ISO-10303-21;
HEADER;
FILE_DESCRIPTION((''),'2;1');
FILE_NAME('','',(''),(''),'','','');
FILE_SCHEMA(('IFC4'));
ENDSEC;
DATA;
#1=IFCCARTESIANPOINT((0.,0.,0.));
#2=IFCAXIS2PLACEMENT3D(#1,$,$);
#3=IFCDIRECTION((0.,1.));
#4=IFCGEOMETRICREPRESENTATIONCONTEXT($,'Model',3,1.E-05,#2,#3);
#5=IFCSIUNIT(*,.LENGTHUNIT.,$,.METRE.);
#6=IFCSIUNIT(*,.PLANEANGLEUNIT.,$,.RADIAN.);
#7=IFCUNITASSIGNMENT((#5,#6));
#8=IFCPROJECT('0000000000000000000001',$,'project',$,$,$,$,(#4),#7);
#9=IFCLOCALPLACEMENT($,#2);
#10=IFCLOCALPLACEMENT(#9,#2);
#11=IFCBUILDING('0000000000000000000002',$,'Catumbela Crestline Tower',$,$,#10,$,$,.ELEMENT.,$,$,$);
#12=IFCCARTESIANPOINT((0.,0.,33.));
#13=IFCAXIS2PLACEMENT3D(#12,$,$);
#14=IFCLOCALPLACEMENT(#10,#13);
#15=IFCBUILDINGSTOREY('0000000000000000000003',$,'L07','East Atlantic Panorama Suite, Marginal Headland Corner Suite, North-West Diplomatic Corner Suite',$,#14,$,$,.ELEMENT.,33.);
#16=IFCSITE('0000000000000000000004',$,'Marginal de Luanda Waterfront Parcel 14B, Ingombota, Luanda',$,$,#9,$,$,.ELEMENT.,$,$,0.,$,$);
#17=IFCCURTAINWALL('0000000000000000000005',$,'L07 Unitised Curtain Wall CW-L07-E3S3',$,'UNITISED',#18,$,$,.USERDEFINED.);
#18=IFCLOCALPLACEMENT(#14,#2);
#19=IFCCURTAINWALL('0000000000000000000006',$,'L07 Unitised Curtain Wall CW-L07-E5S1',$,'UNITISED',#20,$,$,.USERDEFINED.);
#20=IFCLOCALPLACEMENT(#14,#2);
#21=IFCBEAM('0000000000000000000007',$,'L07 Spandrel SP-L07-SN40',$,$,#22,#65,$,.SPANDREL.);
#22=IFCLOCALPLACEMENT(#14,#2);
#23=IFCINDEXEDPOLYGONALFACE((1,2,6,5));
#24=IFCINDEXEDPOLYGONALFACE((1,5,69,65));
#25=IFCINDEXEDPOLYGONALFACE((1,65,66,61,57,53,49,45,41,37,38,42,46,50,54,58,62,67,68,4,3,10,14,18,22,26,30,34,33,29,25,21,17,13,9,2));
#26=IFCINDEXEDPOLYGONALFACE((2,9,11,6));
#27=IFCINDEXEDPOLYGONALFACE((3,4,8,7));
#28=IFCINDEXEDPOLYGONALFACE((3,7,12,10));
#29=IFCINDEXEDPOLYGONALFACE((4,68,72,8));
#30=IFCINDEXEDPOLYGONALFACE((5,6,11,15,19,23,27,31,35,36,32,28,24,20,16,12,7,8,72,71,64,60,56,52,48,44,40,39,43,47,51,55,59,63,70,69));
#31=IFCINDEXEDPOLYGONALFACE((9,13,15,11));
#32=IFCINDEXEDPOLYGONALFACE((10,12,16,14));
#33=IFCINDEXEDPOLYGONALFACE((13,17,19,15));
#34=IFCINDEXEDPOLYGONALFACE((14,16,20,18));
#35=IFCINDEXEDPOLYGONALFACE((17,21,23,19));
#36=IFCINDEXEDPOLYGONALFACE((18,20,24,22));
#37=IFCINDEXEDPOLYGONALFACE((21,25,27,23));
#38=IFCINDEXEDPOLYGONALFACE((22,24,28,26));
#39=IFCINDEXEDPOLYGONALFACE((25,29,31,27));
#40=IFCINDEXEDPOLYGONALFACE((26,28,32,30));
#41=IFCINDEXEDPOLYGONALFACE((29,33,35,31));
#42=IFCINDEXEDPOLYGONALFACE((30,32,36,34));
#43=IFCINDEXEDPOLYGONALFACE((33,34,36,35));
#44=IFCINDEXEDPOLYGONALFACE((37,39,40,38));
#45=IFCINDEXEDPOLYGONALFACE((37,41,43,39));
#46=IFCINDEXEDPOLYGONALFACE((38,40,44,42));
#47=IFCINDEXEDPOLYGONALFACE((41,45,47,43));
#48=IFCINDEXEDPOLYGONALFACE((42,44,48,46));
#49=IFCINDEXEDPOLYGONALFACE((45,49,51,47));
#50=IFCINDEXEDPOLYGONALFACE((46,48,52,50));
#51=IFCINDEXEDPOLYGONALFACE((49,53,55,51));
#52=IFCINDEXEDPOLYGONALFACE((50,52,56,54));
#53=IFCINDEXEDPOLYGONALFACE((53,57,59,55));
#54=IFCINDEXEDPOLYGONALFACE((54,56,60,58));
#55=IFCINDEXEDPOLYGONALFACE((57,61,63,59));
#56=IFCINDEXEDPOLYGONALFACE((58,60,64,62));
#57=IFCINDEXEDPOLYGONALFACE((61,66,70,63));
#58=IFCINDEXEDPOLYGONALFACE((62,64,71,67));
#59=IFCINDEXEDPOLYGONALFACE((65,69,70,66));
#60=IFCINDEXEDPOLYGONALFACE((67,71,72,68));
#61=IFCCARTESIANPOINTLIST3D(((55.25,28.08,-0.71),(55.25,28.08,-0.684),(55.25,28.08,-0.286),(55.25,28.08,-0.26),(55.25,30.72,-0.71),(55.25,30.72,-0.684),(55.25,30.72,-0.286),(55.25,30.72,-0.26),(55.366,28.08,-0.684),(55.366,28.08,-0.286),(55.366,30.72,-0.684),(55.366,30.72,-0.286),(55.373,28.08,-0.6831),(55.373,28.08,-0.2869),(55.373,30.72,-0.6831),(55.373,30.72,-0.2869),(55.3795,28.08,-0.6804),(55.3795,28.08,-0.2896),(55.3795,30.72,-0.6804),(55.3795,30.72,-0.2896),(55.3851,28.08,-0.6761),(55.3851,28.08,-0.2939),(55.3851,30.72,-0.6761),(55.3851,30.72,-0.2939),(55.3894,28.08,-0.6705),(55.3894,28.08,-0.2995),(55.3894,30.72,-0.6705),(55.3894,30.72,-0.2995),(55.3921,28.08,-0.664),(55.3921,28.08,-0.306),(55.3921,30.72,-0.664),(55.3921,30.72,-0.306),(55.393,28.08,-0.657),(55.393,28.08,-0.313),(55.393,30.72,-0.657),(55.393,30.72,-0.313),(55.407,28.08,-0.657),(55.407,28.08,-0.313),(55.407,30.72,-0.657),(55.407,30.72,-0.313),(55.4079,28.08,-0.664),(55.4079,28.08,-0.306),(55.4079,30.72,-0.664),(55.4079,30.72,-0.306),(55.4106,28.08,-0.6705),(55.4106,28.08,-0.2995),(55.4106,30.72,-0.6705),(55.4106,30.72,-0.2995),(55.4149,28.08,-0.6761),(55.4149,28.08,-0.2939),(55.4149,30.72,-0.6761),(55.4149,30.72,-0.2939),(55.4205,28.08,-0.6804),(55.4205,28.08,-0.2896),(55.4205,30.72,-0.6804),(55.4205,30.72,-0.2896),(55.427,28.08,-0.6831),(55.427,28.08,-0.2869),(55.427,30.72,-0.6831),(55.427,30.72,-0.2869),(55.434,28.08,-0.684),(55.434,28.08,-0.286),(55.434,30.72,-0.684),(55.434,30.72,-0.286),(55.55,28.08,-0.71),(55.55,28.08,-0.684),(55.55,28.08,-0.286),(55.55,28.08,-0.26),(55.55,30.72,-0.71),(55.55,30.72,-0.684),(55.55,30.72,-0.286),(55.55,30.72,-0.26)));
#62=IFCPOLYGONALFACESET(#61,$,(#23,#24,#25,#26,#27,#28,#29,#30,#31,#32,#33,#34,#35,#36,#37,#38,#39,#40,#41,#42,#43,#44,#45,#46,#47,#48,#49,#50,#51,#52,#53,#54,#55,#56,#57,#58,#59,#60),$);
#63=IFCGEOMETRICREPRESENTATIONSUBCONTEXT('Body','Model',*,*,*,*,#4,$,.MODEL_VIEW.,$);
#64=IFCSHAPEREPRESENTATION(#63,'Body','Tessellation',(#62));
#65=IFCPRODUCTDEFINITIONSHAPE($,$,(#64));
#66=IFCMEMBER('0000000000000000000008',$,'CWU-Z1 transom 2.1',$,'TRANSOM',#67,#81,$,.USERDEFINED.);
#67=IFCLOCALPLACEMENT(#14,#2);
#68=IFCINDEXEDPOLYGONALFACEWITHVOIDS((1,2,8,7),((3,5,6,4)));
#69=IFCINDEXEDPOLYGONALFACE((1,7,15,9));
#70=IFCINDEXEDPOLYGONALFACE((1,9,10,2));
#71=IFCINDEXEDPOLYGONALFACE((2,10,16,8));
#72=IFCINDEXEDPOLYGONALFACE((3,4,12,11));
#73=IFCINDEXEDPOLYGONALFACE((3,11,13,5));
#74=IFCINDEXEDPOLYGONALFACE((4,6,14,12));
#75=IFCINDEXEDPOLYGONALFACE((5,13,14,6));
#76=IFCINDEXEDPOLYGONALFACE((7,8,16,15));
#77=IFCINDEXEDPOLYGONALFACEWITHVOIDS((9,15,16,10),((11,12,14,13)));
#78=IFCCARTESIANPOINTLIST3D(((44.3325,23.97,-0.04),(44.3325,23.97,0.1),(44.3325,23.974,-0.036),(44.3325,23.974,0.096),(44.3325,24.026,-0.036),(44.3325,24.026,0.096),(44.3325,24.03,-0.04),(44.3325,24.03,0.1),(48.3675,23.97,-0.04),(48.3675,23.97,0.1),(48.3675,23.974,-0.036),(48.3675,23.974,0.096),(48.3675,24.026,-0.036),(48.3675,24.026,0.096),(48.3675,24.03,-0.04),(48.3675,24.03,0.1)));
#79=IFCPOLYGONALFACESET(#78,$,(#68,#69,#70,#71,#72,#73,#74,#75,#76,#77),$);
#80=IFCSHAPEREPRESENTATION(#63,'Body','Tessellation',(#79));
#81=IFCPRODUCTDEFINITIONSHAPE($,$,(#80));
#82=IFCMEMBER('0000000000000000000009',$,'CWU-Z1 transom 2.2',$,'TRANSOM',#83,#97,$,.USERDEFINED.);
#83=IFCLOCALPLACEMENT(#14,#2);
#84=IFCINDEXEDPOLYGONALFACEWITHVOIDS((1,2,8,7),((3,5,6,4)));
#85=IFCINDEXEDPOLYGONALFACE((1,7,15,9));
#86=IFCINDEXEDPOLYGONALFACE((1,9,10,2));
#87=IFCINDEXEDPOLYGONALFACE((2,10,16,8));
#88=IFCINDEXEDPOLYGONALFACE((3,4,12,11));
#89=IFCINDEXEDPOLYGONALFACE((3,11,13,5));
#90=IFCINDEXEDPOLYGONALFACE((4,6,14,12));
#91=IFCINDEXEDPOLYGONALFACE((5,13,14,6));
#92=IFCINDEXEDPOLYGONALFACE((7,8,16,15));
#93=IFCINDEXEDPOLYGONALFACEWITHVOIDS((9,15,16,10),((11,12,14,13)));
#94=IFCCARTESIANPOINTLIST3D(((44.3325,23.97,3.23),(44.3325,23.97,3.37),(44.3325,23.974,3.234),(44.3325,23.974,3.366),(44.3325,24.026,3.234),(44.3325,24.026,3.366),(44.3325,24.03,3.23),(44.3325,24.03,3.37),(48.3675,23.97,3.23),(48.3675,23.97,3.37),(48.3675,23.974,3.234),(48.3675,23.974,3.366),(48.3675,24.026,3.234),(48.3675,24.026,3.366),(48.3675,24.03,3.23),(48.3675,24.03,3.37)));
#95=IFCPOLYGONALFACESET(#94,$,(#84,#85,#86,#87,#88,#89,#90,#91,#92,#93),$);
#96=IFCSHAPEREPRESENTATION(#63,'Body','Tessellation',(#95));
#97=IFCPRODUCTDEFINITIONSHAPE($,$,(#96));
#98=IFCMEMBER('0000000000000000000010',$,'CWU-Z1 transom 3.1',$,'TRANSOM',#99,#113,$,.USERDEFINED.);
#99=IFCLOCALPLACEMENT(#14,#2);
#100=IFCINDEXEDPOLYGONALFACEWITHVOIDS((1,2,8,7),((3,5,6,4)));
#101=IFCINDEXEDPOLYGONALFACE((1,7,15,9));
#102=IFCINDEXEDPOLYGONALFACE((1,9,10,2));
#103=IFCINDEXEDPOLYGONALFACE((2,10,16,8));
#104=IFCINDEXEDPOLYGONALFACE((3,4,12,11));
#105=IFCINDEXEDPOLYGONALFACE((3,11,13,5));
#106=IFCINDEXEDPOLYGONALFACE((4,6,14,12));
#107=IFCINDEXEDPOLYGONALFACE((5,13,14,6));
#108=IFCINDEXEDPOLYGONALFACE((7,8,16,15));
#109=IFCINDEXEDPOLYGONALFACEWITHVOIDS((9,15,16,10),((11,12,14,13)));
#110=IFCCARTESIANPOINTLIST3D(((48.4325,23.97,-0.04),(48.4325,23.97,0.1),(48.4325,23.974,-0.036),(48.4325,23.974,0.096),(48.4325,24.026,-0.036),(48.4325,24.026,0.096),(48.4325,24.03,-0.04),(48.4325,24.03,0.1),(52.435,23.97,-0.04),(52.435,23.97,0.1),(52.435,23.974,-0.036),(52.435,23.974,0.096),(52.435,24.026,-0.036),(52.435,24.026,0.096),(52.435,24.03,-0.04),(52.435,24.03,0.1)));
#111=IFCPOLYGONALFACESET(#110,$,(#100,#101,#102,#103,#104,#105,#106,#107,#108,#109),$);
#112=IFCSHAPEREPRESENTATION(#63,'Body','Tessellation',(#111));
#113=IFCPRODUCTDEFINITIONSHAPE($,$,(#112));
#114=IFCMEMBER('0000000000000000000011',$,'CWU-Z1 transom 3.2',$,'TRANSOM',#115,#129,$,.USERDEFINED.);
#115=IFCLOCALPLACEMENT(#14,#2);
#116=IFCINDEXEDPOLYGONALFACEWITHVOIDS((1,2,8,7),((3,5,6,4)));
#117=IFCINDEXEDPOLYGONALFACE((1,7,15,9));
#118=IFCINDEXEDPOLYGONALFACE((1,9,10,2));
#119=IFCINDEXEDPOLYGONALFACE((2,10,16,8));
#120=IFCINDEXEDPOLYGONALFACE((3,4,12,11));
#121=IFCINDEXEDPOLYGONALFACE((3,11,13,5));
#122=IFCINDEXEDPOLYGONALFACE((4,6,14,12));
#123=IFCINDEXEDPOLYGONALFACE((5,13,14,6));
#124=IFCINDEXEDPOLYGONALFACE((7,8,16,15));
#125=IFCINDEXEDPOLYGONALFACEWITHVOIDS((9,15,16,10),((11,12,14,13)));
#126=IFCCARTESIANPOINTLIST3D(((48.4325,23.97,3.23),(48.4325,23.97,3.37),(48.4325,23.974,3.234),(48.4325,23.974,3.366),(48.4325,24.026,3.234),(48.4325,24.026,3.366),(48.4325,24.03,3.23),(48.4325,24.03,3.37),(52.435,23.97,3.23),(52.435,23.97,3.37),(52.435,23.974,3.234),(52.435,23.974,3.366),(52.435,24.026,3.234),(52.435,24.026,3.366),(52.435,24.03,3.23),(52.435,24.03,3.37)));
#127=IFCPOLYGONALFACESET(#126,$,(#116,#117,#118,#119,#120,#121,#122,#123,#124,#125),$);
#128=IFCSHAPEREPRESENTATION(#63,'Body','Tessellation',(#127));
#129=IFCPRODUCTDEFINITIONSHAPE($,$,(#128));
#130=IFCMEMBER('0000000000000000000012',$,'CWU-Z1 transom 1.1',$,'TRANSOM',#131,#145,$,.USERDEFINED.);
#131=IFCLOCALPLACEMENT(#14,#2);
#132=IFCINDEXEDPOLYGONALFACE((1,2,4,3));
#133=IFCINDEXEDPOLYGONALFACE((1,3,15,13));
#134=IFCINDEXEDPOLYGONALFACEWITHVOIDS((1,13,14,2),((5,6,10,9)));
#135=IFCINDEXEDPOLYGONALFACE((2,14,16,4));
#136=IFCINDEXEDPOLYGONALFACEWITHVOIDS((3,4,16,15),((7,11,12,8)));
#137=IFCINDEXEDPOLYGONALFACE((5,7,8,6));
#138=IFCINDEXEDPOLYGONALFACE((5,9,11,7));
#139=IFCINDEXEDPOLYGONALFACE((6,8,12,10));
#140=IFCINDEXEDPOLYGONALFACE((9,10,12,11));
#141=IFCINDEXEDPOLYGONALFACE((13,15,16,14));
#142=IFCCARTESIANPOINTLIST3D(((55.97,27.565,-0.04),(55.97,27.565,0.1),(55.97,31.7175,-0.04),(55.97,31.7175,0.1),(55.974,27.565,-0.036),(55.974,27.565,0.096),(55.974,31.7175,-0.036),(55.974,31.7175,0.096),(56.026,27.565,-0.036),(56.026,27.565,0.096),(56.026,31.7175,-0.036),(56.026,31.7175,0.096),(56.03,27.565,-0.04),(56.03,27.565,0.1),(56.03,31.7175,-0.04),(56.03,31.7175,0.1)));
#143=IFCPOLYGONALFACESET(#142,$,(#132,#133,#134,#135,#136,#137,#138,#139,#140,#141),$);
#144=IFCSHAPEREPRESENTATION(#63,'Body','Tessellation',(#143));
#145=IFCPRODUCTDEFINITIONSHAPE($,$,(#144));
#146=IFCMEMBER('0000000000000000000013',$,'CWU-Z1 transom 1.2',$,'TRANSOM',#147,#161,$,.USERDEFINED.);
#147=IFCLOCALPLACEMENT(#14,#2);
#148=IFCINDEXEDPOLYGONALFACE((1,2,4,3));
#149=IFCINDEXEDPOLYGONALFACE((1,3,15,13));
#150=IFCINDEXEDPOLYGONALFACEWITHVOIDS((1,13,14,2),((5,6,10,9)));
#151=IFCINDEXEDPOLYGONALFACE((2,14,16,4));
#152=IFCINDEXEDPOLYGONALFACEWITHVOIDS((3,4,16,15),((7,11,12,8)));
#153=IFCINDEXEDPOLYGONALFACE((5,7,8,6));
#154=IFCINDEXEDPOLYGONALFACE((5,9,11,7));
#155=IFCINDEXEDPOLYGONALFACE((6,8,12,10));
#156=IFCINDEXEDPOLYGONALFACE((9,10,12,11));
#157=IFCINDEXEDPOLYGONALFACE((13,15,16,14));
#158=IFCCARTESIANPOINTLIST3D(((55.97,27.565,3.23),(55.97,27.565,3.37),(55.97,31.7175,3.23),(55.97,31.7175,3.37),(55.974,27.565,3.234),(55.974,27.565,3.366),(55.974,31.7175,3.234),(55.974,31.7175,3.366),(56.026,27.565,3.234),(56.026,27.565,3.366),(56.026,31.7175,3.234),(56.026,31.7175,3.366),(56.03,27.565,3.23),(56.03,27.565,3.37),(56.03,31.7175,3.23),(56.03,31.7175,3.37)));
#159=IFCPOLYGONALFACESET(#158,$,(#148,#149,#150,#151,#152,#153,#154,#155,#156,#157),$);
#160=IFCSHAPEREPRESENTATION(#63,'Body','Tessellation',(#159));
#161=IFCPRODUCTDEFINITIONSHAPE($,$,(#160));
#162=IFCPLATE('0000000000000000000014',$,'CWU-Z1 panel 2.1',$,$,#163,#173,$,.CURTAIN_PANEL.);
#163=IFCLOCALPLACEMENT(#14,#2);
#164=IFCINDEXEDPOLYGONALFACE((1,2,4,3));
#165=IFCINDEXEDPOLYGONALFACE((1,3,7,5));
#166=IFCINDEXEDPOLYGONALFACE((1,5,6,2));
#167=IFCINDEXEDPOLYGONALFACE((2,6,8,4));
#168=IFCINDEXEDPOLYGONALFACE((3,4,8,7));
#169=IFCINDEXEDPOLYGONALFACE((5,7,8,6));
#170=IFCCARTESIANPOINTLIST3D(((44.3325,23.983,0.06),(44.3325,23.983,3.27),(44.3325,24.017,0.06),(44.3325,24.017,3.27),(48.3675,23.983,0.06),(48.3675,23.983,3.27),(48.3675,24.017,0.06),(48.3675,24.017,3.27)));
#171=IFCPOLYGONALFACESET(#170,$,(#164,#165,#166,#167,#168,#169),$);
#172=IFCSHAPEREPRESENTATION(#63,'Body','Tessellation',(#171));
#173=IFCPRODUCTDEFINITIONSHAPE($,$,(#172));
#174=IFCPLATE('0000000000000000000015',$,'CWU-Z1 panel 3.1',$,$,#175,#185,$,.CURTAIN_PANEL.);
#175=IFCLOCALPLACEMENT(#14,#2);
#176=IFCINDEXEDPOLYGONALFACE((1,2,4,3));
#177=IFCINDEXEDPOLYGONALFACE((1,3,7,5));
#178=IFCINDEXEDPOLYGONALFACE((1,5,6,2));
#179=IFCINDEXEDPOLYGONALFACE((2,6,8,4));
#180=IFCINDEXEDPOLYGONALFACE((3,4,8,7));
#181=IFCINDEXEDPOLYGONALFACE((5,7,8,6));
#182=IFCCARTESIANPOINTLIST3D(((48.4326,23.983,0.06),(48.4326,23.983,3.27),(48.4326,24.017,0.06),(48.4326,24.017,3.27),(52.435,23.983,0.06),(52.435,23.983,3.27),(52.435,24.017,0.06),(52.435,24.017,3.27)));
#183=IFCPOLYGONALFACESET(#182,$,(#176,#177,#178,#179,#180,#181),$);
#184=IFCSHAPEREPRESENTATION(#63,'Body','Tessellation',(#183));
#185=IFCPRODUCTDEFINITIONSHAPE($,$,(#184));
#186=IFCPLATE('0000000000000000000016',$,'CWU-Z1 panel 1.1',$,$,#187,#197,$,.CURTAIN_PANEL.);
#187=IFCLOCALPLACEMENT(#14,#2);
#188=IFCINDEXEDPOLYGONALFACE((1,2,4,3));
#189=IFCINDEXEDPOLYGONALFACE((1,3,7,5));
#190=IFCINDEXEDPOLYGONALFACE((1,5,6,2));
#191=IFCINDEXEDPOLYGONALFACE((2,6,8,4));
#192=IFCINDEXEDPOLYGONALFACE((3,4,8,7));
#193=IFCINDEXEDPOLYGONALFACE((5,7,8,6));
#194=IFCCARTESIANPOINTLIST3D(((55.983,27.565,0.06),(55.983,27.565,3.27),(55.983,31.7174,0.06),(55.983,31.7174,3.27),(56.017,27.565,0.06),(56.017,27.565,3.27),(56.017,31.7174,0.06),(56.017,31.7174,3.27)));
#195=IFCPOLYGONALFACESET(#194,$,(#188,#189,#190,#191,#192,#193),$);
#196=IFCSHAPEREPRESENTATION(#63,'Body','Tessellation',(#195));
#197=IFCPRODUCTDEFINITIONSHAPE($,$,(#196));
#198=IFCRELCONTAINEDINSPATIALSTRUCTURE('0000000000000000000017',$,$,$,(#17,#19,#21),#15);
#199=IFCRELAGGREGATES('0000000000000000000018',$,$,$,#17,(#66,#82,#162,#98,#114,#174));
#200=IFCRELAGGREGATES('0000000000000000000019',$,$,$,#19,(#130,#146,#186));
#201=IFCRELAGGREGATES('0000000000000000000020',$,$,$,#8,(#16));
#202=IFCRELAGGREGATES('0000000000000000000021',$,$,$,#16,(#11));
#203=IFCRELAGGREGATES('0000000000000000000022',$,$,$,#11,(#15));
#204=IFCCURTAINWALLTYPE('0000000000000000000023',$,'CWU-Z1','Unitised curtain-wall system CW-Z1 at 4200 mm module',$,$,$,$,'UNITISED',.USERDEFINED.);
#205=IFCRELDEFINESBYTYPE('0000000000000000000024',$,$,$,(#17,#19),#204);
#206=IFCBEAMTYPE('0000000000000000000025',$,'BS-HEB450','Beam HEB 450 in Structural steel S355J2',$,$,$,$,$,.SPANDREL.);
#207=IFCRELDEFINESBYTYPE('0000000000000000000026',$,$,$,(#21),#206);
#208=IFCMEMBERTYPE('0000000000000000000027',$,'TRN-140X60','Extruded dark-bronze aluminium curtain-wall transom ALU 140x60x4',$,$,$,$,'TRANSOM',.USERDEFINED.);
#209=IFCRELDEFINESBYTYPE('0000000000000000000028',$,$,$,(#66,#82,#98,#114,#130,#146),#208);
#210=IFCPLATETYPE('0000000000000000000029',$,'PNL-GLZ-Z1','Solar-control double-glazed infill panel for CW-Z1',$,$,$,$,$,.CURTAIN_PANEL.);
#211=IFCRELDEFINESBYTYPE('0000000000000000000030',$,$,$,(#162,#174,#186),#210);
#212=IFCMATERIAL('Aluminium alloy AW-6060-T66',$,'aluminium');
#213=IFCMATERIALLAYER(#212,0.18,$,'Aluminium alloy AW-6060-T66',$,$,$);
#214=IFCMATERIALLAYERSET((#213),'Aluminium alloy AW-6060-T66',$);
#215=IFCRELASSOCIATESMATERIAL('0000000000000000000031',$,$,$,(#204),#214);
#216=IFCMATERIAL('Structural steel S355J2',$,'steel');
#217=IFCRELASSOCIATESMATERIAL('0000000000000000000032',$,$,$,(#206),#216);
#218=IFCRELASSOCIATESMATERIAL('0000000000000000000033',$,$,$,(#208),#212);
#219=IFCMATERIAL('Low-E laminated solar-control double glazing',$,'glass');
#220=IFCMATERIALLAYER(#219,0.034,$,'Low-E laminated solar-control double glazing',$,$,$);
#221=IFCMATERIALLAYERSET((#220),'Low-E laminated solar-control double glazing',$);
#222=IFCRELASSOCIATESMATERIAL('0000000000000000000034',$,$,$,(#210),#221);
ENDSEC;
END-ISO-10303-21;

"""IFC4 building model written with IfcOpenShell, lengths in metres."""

from ifc_helpers import new_model, si_unit, direction, frame, origin, origin_2d, place, context, subcontext, project, spatial, rectangle, hollow_rectangle, i_section, extrude, material, layer, layer_set, material_profile, profile_set, type_object, element, aggregate, save


model = new_model("IFC4")

# Units and contexts
model_context = context("Model", 3, precision=1e-05, world=origin(), true_north=direction((0.0, 1.0)))
body_context = subcontext(model_context, "Body", "Model", "MODEL_VIEW")
ifc_project = project(units=[si_unit("LENGTHUNIT", "METRE"), si_unit("PLANEANGLEUNIT", "RADIAN")], contexts=[model_context])

# Site, building, storey
site_placement = place(None, origin())
site = spatial("IfcSite", under=ifc_project, at=site_placement, Name="Marginal de Luanda Waterfront Parcel 14B, Ingombota, Luanda", CompositionType="ELEMENT", RefElevation=0.0)
building_placement = place(site_placement, origin())
building = spatial("IfcBuilding", under=site, at=building_placement, Name="Catumbela Crestline Tower", CompositionType="ELEMENT")
storey_placement = place(building_placement, frame((0.0, 0.0, 33.0)))
storey = spatial("IfcBuildingStorey", under=building, at=storey_placement, Name="L07", Description="East Atlantic Panorama Suite, Marginal Headland Corner Suite, North-West Diplomatic Corner Suite", CompositionType="ELEMENT", Elevation=33.0)

# Shared definitions
ifc_material_1 = material(Name="Structural steel S355J2", Category="steel")

# Curtain wall
ifc_material_2 = material(Name="Aluminium alloy AW-6060-T66", Category="aluminium")
ifc_layer_1 = layer(ifc_material_2, 0.18, Name="Aluminium alloy AW-6060-T66")
ifc_layer_set_1 = layer_set([ifc_layer_1], Name="Aluminium alloy AW-6060-T66")
curtain_wall_type = type_object("IfcCurtainWallType", Name="CWU-Z1", Description="Unitised curtain-wall system CW-Z1 at 4200 mm module", ElementType="UNITISED", PredefinedType="USERDEFINED", material=ifc_layer_set_1)
curtain_wall_1_placement = place(storey_placement, origin())
curtain_wall_1 = element("IfcCurtainWall", 1, at=curtain_wall_1_placement, inside=storey, type_object=curtain_wall_type, Name="L07 Unitised Curtain Wall CW-L07-E3S3", ObjectType="UNITISED", PredefinedType="USERDEFINED")

# Curtain wall
curtain_wall_2_placement = place(storey_placement, origin())
curtain_wall_2 = element("IfcCurtainWall", 2, at=curtain_wall_2_placement, inside=storey, type_object=curtain_wall_type, Name="L07 Unitised Curtain Wall CW-L07-E5S1", ObjectType="UNITISED", PredefinedType="USERDEFINED")

# Beam
ifc_material_profile_1 = material_profile(ifc_material_1, i_section(OverallWidth=0.3, OverallDepth=0.45, WebThickness=0.014, FlangeThickness=0.026, FilletRadius=0.027, at=origin_2d()), Name="HEB 450")
ifc_profile_set_1 = profile_set([ifc_material_profile_1], Name="Structural steel S355J2")
beam_type_1 = type_object("IfcBeamType", Name="BS-HEB450", Description="Beam HEB 450 in Structural steel S355J2", PredefinedType="SPANDREL", material=ifc_profile_set_1)
beam_1_placement = place(storey_placement, frame((55.4, 28.08, -0.485), z_axis=(0.0, 1.0, 0.0), x_axis=(-1.0, 0.0, 0.0)))
element("IfcBeam", 3, at=beam_1_placement, inside=storey, type_object=beam_type_1, Name="L07 Spandrel SP-L07-SN40", PredefinedType="SPANDREL", context=body_context, shape_type="SweptSolid", body=[
    extrude(i_section(OverallWidth=0.3, OverallDepth=0.45, WebThickness=0.014, FlangeThickness=0.026, FilletRadius=0.027, at=origin_2d()), origin(), (0.0, 0.0, 1.0), 2.64),
])

# Members
ifc_material_profile_2 = material_profile(ifc_material_2, hollow_rectangle(XDim=0.06, YDim=0.14, WallThickness=0.004, at=origin_2d()), Name="ALU 140x60x4")
ifc_profile_set_2 = profile_set([ifc_material_profile_2], Name="Aluminium alloy AW-6060-T66")
member_type_1 = type_object("IfcMemberType", Name="TRN-140X60", Description="Extruded dark-bronze aluminium curtain-wall transom ALU 140x60x4", ElementType="TRANSOM", PredefinedType="USERDEFINED", material=ifc_profile_set_2)
member_1_placement = place(storey_placement, frame((44.3325, 24.0, 0.03), z_axis=(1.0, 0.0, 0.0), x_axis=(0.0, 1.0, 0.0)))
member_1 = element("IfcMember", 4, at=member_1_placement, type_object=member_type_1, Name="CWU-Z1 transom 2.1", ObjectType="TRANSOM", PredefinedType="USERDEFINED", context=body_context, shape_type="SweptSolid", body=[
    extrude(hollow_rectangle(XDim=0.06, YDim=0.14, WallThickness=0.004, at=origin_2d()), origin(), (0.0, 0.0, 1.0), 4.035),
])
member_2_placement = place(storey_placement, frame((44.3325, 24.0, 3.3), z_axis=(1.0, 0.0, 0.0), x_axis=(0.0, 1.0, 0.0)))
member_2 = element("IfcMember", 5, at=member_2_placement, type_object=member_type_1, Name="CWU-Z1 transom 2.2", ObjectType="TRANSOM", PredefinedType="USERDEFINED", context=body_context, shape_type="SweptSolid", body=[
    extrude(hollow_rectangle(XDim=0.06, YDim=0.14, WallThickness=0.004, at=origin_2d()), origin(), (0.0, 0.0, 1.0), 4.035),
])
member_3_placement = place(storey_placement, frame((48.4325, 24.0, 0.03), z_axis=(1.0, 0.0, 0.0), x_axis=(0.0, 1.0, 0.0)))
member_3 = element("IfcMember", 6, at=member_3_placement, type_object=member_type_1, Name="CWU-Z1 transom 3.1", ObjectType="TRANSOM", PredefinedType="USERDEFINED", context=body_context, shape_type="SweptSolid", body=[
    extrude(hollow_rectangle(XDim=0.06, YDim=0.14, WallThickness=0.004, at=origin_2d()), origin(), (0.0, 0.0, 1.0), 4.0025),
])
member_4_placement = place(storey_placement, frame((48.4325, 24.0, 3.3), z_axis=(1.0, 0.0, 0.0), x_axis=(0.0, 1.0, 0.0)))
member_4 = element("IfcMember", 7, at=member_4_placement, type_object=member_type_1, Name="CWU-Z1 transom 3.2", ObjectType="TRANSOM", PredefinedType="USERDEFINED", context=body_context, shape_type="SweptSolid", body=[
    extrude(hollow_rectangle(XDim=0.06, YDim=0.14, WallThickness=0.004, at=origin_2d()), origin(), (0.0, 0.0, 1.0), 4.0025),
])
member_5_placement = place(storey_placement, frame((56.0, 27.565, 0.03), z_axis=(0.0, 1.0, 0.0), x_axis=(-1.0, 0.0, 0.0)))
member_5 = element("IfcMember", 8, at=member_5_placement, type_object=member_type_1, Name="CWU-Z1 transom 1.1", ObjectType="TRANSOM", PredefinedType="USERDEFINED", context=body_context, shape_type="SweptSolid", body=[
    extrude(hollow_rectangle(XDim=0.06, YDim=0.14, WallThickness=0.004, at=origin_2d()), origin(), (0.0, 0.0, 1.0), 4.1525),
])
member_6_placement = place(storey_placement, frame((56.0, 27.565, 3.3), z_axis=(0.0, 1.0, 0.0), x_axis=(-1.0, 0.0, 0.0)))
member_6 = element("IfcMember", 9, at=member_6_placement, type_object=member_type_1, Name="CWU-Z1 transom 1.2", ObjectType="TRANSOM", PredefinedType="USERDEFINED", context=body_context, shape_type="SweptSolid", body=[
    extrude(hollow_rectangle(XDim=0.06, YDim=0.14, WallThickness=0.004, at=origin_2d()), origin(), (0.0, 0.0, 1.0), 4.1525),
])

# Plates
ifc_material_3 = material(Name="Low-E laminated solar-control double glazing", Category="glass")
ifc_layer_2 = layer(ifc_material_3, 0.034, Name="Low-E laminated solar-control double glazing")
ifc_layer_set_2 = layer_set([ifc_layer_2], Name="Low-E laminated solar-control double glazing")
plate_type = type_object("IfcPlateType", Name="PNL-GLZ-Z1", Description="Solar-control double-glazed infill panel for CW-Z1", PredefinedType="CURTAIN_PANEL", material=ifc_layer_set_2)
plate_1_placement = place(storey_placement, frame((46.35, 24.0, 0.06), z_axis=(0.0, 0.0, 1.0), x_axis=(1.0, 0.0, 0.0)))
plate_1 = element("IfcPlate", 10, at=plate_1_placement, type_object=plate_type, Name="CWU-Z1 panel 2.1", PredefinedType="CURTAIN_PANEL", context=body_context, shape_type="SweptSolid", body=[
    extrude(rectangle(XDim=4.035, YDim=0.034, at=origin_2d()), origin(), (0.0, 0.0, 1.0), 3.21),
])
plate_2_placement = place(storey_placement, frame((50.4338, 24.0, 0.06), z_axis=(0.0, 0.0, 1.0), x_axis=(1.0, 0.0, 0.0)))
plate_2 = element("IfcPlate", 11, at=plate_2_placement, type_object=plate_type, Name="CWU-Z1 panel 3.1", PredefinedType="CURTAIN_PANEL", context=body_context, shape_type="SweptSolid", body=[
    extrude(rectangle(XDim=4.0025, YDim=0.034, at=origin_2d()), origin(), (0.0, 0.0, 1.0), 3.21),
])
aggregate(curtain_wall_1, [member_1, member_2, plate_1, member_3, member_4, plate_2])
plate_3_placement = place(storey_placement, frame((56.0, 29.6412, 0.06), z_axis=(0.0, 0.0, 1.0), x_axis=(0.0, 1.0, 0.0)))
plate_3 = element("IfcPlate", 12, at=plate_3_placement, type_object=plate_type, Name="CWU-Z1 panel 1.1", PredefinedType="CURTAIN_PANEL", context=body_context, shape_type="SweptSolid", body=[
    extrude(rectangle(XDim=4.1525, YDim=0.034, at=origin_2d()), origin(), (0.0, 0.0, 1.0), 3.21),
])
aggregate(curtain_wall_2, [member_5, member_6, plate_3])

save(model, "model.ifc")
